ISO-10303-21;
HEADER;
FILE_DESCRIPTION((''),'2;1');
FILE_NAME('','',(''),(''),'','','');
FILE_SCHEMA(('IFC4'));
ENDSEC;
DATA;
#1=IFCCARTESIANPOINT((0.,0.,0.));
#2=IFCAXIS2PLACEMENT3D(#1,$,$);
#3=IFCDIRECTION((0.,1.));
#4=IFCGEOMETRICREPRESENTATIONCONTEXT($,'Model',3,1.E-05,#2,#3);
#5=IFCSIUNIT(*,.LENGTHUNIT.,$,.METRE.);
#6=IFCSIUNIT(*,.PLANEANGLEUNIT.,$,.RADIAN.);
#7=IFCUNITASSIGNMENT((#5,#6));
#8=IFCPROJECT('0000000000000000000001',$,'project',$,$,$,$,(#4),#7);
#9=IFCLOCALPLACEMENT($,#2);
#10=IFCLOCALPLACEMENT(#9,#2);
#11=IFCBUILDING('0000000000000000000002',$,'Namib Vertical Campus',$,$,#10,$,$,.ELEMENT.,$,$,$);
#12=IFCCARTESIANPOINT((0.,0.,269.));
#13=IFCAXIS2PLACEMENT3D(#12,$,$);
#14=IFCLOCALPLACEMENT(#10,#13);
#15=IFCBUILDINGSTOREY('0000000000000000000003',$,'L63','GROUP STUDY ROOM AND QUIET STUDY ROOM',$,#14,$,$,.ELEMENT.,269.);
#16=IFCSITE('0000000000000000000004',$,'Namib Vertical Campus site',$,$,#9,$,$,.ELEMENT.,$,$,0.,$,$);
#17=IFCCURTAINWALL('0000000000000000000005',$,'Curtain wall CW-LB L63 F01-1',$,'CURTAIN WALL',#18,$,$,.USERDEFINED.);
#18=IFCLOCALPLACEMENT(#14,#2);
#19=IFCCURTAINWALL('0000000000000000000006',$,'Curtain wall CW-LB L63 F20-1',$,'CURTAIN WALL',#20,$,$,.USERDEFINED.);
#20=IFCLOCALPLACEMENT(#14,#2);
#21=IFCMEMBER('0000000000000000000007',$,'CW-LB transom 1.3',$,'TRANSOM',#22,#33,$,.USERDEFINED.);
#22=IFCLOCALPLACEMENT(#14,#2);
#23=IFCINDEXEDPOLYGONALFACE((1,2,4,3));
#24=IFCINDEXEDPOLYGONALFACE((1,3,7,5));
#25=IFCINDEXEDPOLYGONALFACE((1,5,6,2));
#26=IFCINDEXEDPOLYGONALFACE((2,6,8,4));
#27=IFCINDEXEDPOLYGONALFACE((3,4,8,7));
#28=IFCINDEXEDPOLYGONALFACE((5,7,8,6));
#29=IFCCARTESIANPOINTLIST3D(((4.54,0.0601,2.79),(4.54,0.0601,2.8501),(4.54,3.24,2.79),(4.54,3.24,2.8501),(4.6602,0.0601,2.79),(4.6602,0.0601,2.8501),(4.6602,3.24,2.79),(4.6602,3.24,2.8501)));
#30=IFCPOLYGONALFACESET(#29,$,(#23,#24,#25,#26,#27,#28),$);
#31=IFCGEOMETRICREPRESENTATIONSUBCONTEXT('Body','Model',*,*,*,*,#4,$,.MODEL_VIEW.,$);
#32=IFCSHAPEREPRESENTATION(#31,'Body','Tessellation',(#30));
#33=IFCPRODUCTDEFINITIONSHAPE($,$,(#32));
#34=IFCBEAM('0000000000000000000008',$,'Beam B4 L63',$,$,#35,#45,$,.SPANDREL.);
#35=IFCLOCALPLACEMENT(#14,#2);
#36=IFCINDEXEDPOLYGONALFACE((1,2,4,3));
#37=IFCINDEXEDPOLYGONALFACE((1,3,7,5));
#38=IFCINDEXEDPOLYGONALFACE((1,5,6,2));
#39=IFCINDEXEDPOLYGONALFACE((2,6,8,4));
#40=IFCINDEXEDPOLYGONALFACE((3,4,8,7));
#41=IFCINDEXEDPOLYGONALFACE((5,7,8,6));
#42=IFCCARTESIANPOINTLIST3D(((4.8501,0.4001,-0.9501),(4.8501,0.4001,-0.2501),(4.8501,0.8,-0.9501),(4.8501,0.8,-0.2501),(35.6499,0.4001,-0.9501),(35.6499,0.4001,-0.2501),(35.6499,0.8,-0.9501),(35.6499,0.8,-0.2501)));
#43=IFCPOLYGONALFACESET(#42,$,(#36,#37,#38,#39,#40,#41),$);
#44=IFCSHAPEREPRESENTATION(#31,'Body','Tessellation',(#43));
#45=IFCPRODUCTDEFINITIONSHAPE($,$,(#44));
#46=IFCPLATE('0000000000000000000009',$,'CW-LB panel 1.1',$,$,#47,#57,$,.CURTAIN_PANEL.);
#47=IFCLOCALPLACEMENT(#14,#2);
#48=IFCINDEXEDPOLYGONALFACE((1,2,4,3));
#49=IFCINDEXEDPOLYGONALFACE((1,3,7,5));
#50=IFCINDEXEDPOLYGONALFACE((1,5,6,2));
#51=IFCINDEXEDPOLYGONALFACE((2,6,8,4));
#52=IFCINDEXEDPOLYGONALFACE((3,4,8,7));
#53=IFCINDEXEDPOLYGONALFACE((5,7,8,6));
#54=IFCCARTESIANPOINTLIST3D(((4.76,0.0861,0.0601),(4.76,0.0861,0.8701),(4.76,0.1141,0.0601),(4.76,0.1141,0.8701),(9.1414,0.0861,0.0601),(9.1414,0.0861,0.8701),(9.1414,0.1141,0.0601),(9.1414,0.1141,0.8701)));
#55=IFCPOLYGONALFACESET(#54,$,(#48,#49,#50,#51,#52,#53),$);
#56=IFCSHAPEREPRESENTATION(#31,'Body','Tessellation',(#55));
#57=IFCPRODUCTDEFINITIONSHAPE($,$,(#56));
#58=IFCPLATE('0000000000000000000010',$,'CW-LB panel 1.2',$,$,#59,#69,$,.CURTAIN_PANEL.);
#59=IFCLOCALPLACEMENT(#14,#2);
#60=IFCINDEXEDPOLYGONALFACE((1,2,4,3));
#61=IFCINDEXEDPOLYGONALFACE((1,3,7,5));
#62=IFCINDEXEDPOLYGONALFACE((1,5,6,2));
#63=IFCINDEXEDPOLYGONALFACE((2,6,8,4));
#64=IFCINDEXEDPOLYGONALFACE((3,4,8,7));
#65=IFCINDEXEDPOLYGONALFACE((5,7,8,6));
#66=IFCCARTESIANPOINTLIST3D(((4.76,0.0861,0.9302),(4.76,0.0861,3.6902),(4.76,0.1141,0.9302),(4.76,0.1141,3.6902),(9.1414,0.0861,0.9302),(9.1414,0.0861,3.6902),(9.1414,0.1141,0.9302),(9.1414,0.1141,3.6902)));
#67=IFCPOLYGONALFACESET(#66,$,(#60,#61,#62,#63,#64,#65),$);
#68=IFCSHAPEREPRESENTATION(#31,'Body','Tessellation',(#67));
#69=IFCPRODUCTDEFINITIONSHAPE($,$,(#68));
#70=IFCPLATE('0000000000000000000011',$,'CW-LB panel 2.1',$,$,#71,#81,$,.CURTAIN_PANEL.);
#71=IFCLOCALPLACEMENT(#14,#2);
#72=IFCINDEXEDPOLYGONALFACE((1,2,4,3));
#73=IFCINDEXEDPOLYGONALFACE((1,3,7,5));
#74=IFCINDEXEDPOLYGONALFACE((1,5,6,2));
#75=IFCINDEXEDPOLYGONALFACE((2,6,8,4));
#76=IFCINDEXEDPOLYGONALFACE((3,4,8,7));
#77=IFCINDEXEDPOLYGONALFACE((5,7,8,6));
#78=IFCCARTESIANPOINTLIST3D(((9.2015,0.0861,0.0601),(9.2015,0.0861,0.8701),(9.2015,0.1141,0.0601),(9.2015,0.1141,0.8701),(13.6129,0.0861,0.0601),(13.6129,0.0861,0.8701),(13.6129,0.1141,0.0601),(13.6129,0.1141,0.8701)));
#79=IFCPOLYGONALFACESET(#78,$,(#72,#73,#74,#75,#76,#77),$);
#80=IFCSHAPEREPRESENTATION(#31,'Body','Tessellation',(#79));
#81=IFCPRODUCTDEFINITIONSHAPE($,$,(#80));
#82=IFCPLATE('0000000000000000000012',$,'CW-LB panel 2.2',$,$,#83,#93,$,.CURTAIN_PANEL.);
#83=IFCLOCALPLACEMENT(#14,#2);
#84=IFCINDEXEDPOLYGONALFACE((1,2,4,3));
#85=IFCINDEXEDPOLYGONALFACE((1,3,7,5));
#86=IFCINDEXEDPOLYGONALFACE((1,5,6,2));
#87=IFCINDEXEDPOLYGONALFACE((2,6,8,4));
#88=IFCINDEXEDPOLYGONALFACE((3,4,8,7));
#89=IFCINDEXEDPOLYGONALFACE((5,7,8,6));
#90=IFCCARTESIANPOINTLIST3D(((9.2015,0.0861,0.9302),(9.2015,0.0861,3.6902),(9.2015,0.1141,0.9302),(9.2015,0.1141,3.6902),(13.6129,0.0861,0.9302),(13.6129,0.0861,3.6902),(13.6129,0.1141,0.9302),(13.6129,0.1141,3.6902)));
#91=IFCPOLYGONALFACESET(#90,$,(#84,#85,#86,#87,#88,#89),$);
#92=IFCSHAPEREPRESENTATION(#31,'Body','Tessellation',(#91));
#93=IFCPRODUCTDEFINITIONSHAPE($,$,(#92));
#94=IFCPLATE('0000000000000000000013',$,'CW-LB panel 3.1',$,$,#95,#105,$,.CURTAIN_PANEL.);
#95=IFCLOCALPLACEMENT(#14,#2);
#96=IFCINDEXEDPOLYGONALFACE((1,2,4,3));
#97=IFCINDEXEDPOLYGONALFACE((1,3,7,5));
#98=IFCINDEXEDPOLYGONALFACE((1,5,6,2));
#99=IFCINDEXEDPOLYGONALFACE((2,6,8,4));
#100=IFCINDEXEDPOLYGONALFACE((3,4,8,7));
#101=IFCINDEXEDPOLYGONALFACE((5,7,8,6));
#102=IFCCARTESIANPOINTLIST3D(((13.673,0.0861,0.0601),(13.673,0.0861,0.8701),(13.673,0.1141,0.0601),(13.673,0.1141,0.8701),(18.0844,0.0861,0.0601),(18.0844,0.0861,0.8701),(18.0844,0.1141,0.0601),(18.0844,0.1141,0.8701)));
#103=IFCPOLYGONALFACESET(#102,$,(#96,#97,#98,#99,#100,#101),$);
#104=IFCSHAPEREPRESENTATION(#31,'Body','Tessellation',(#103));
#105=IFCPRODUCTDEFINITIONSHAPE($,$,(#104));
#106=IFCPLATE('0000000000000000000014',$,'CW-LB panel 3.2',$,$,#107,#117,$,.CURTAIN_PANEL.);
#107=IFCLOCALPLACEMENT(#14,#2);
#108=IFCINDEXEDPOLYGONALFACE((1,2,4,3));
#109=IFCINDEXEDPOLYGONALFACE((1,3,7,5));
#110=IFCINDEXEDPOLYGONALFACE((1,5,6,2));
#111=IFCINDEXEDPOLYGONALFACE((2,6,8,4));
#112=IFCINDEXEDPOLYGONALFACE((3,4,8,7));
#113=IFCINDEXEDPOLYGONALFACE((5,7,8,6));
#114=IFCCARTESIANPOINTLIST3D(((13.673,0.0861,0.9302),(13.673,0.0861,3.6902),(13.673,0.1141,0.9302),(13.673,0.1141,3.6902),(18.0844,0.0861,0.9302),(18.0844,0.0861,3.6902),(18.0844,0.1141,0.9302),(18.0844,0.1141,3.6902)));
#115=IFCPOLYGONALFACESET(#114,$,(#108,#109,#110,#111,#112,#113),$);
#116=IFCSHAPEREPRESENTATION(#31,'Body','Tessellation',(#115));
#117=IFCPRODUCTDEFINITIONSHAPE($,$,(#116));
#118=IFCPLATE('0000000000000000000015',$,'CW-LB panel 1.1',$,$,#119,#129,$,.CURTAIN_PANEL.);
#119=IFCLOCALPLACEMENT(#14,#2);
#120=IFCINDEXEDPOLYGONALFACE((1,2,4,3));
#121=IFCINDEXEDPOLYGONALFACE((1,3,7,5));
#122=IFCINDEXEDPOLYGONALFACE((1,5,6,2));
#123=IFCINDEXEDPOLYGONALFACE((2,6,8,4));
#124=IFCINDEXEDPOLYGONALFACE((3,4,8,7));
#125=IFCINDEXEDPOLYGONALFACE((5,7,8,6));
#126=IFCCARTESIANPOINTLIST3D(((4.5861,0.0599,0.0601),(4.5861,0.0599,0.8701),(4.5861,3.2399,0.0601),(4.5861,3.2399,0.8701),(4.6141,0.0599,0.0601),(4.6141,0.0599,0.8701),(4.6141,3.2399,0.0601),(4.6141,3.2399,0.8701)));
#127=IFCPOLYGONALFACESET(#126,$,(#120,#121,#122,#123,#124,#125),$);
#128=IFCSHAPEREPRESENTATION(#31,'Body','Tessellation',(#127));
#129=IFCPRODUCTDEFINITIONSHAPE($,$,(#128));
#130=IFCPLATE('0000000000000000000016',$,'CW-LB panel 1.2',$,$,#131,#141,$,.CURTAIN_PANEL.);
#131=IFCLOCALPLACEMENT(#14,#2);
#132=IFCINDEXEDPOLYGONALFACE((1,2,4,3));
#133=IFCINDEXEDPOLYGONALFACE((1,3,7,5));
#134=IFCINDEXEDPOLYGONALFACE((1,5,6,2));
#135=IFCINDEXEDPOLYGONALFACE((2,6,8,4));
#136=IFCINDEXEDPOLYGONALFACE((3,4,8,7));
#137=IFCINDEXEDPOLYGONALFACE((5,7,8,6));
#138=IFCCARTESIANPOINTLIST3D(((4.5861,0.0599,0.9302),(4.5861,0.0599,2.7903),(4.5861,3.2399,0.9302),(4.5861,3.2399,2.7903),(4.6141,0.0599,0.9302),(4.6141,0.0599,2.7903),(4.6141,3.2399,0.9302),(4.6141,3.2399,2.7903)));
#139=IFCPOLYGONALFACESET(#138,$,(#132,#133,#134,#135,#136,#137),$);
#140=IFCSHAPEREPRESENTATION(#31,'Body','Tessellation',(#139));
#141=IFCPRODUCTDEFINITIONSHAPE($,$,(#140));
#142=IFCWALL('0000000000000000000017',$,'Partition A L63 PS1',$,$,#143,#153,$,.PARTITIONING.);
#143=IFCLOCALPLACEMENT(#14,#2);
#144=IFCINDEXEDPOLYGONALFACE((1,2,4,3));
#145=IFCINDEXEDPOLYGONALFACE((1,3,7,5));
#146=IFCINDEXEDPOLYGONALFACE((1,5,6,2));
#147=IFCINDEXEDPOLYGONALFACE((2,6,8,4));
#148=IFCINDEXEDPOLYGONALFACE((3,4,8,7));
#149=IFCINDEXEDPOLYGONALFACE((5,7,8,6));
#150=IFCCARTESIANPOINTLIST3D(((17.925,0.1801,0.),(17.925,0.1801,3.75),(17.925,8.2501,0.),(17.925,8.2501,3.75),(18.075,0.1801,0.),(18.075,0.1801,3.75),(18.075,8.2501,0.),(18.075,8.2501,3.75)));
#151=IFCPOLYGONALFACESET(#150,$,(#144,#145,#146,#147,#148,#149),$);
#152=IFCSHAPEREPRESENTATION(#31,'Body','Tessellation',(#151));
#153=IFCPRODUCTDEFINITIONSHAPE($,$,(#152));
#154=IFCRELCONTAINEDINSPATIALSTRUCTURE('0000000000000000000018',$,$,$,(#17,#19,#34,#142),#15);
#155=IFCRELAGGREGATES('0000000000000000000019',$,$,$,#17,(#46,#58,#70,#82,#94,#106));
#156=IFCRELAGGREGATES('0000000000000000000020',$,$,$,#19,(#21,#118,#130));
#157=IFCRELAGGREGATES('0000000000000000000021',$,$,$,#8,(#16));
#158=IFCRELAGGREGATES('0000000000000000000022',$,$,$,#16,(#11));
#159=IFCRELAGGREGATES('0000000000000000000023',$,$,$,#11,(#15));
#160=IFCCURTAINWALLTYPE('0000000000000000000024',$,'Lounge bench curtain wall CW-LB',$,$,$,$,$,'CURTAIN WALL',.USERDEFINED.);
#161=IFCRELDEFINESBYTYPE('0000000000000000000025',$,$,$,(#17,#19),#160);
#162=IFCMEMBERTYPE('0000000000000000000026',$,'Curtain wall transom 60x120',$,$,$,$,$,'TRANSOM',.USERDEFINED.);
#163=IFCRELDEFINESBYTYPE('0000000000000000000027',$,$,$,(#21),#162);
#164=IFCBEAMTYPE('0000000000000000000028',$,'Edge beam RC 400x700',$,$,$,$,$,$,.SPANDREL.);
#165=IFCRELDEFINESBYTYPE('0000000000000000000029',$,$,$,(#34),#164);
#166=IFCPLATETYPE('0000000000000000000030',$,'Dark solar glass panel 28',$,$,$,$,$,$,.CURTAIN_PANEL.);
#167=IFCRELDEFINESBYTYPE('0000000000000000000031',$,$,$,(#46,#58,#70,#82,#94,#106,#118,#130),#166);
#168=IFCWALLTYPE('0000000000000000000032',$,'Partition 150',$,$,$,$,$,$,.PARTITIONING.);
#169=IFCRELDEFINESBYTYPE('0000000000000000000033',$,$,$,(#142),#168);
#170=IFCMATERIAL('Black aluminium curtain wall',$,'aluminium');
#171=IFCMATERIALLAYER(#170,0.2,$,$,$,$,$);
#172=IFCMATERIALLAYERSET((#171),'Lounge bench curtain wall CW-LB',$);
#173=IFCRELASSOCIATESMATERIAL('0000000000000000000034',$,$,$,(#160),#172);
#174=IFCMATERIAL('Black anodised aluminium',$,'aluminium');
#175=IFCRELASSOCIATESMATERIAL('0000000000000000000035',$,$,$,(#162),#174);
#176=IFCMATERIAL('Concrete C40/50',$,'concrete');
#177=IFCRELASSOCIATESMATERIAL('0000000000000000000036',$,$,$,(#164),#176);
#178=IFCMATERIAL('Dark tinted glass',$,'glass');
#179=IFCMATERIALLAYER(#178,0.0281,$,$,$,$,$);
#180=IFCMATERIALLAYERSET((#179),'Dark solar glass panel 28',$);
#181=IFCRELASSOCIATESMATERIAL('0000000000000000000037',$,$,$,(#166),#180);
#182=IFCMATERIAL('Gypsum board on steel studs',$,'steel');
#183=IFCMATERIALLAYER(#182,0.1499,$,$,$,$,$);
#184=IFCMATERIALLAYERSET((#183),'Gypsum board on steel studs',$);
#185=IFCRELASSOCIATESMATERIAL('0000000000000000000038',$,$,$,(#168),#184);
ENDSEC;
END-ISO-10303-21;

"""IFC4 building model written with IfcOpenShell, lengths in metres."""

from ifc_helpers import new_model, si_unit, direction, frame, frame_2d, origin, origin_2d, place, context, subcontext, project, spatial, rectangle, extrude, material, layer, layer_set, material_profile, profile_set, type_object, element, aggregate, save


model = new_model("IFC4")

# Units and contexts
model_context = context("Model", 3, precision=1e-05, world=origin(), true_north=direction((0.0, 1.0)))
body_context = subcontext(model_context, "Body", "Model", "MODEL_VIEW")
ifc_project = project(units=[si_unit("LENGTHUNIT", "METRE"), si_unit("PLANEANGLEUNIT", "RADIAN")], contexts=[model_context])

# Site, building, storey
site_placement = place(None, origin())
site = spatial("IfcSite", under=ifc_project, at=site_placement, Name="Namib Vertical Campus site", CompositionType="ELEMENT", RefElevation=0.0)
building_placement = place(site_placement, origin())
building = spatial("IfcBuilding", under=site, at=building_placement, Name="Namib Vertical Campus", CompositionType="ELEMENT")
storey_placement = place(building_placement, frame((0.0, 0.0, 269.0)))
storey = spatial("IfcBuildingStorey", under=building, at=storey_placement, Name="L63", Description="GROUP STUDY ROOM AND QUIET STUDY ROOM", CompositionType="ELEMENT", Elevation=269.0)

# Curtain wall
ifc_material_1 = material(Name="Black aluminium curtain wall", Category="aluminium")
ifc_layer_1 = layer(ifc_material_1, 0.2)
ifc_layer_set_1 = layer_set([ifc_layer_1], Name="Lounge bench curtain wall CW-LB")
curtain_wall_type = type_object("IfcCurtainWallType", Name="Lounge bench curtain wall CW-LB", ElementType="CURTAIN WALL", PredefinedType="USERDEFINED", material=ifc_layer_set_1)
curtain_wall_1_placement = place(storey_placement, origin())
curtain_wall_1 = element("IfcCurtainWall", 1, at=curtain_wall_1_placement, inside=storey, type_object=curtain_wall_type, Name="Curtain wall CW-LB L63 F01-1", ObjectType="CURTAIN WALL", PredefinedType="USERDEFINED")

# Curtain wall
curtain_wall_2_placement = place(storey_placement, origin())
curtain_wall_2 = element("IfcCurtainWall", 2, at=curtain_wall_2_placement, inside=storey, type_object=curtain_wall_type, Name="Curtain wall CW-LB L63 F20-1", ObjectType="CURTAIN WALL", PredefinedType="USERDEFINED")

# Member
ifc_material_2 = material(Name="Black anodised aluminium", Category="aluminium")
ifc_material_profile_1 = material_profile(ifc_material_2, rectangle(XDim=0.0601, YDim=0.1201, at=origin_2d()))
ifc_profile_set_1 = profile_set([ifc_material_profile_1], Name="Black anodised aluminium")
member_type_1 = type_object("IfcMemberType", Name="Curtain wall transom 60x120", ElementType="TRANSOM", PredefinedType="USERDEFINED", material=ifc_profile_set_1)
member_1_placement = place(storey_placement, frame((4.6001, 3.24, 2.8201), z_axis=(0.0, -1.0, 0.0), x_axis=(0.0, 0.0, 1.0)))
member_1 = element("IfcMember", 3, at=member_1_placement, type_object=member_type_1, Name="CW-LB transom 1.3", ObjectType="TRANSOM", PredefinedType="USERDEFINED", context=body_context, shape_type="SweptSolid", body=[
    extrude(rectangle(XDim=0.0601, YDim=0.1201, at=origin_2d()), origin(), (0.0, 0.0, 1.0), 3.1799),
])

# Beam
ifc_material_3 = material(Name="Concrete C40/50", Category="concrete")
ifc_material_profile_2 = material_profile(ifc_material_3, rectangle(XDim=0.3999, YDim=0.7, at=origin_2d()))
ifc_profile_set_2 = profile_set([ifc_material_profile_2], Name="Concrete C40/50")
beam_type = type_object("IfcBeamType", Name="Edge beam RC 400x700", PredefinedType="SPANDREL", material=ifc_profile_set_2)
beam_placement = place(storey_placement, frame((4.8501, 0.6001, -0.6001), z_axis=(1.0, 0.0, 0.0), x_axis=(0.0, 1.0, 0.0)))
element("IfcBeam", 4, at=beam_placement, inside=storey, type_object=beam_type, Name="Beam B4 L63", PredefinedType="SPANDREL", context=body_context, shape_type="SweptSolid", body=[
    extrude(rectangle(XDim=0.3999, YDim=0.7, at=origin_2d()), origin(), (0.0, 0.0, 1.0), 30.7998),
])

# Plates
ifc_material_4 = material(Name="Dark tinted glass", Category="glass")
ifc_layer_2 = layer(ifc_material_4, 0.0281)
ifc_layer_set_2 = layer_set([ifc_layer_2], Name="Dark solar glass panel 28")
plate_type = type_object("IfcPlateType", Name="Dark solar glass panel 28", PredefinedType="CURTAIN_PANEL", material=ifc_layer_set_2)
plate_1_placement = place(storey_placement, frame((6.9507, 0.1001, 0.0601), z_axis=(0.0, 0.0, 1.0), x_axis=(1.0, 0.0, 0.0)))
plate_1 = element("IfcPlate", 5, at=plate_1_placement, type_object=plate_type, Name="CW-LB panel 1.1", PredefinedType="CURTAIN_PANEL", context=body_context, shape_type="SweptSolid", body=[
    extrude(rectangle(XDim=4.3813, YDim=0.0281, at=origin_2d()), origin(), (0.0, 0.0, 1.0), 0.8101),
])
plate_2_placement = place(storey_placement, frame((6.9507, 0.1001, 0.9302), z_axis=(0.0, 0.0, 1.0), x_axis=(1.0, 0.0, 0.0)))
plate_2 = element("IfcPlate", 6, at=plate_2_placement, type_object=plate_type, Name="CW-LB panel 1.2", PredefinedType="CURTAIN_PANEL", context=body_context, shape_type="SweptSolid", body=[
    extrude(rectangle(XDim=4.3813, YDim=0.0281, at=origin_2d()), origin(), (0.0, 0.0, 1.0), 2.76),
])
plate_3_placement = place(storey_placement, frame((11.4072, 0.1001, 0.0601), z_axis=(0.0, 0.0, 1.0), x_axis=(1.0, 0.0, 0.0)))
plate_3 = element("IfcPlate", 7, at=plate_3_placement, type_object=plate_type, Name="CW-LB panel 2.1", PredefinedType="CURTAIN_PANEL", context=body_context, shape_type="SweptSolid", body=[
    extrude(rectangle(XDim=4.4114, YDim=0.0281, at=origin_2d()), origin(), (0.0, 0.0, 1.0), 0.8101),
])
plate_4_placement = place(storey_placement, frame((11.4072, 0.1001, 0.9302), z_axis=(0.0, 0.0, 1.0), x_axis=(1.0, 0.0, 0.0)))
plate_4 = element("IfcPlate", 8, at=plate_4_placement, type_object=plate_type, Name="CW-LB panel 2.2", PredefinedType="CURTAIN_PANEL", context=body_context, shape_type="SweptSolid", body=[
    extrude(rectangle(XDim=4.4114, YDim=0.0281, at=origin_2d()), origin(), (0.0, 0.0, 1.0), 2.76),
])
plate_5_placement = place(storey_placement, frame((15.8787, 0.1001, 0.0601), z_axis=(0.0, 0.0, 1.0), x_axis=(1.0, 0.0, 0.0)))
plate_5 = element("IfcPlate", 9, at=plate_5_placement, type_object=plate_type, Name="CW-LB panel 3.1", PredefinedType="CURTAIN_PANEL", context=body_context, shape_type="SweptSolid", body=[
    extrude(rectangle(XDim=4.4114, YDim=0.0281, at=origin_2d()), origin(), (0.0, 0.0, 1.0), 0.8101),
])
plate_6_placement = place(storey_placement, frame((15.8787, 0.1001, 0.9302), z_axis=(0.0, 0.0, 1.0), x_axis=(1.0, 0.0, 0.0)))
plate_6 = element("IfcPlate", 10, at=plate_6_placement, type_object=plate_type, Name="CW-LB panel 3.2", PredefinedType="CURTAIN_PANEL", context=body_context, shape_type="SweptSolid", body=[
    extrude(rectangle(XDim=4.4114, YDim=0.0281, at=origin_2d()), origin(), (0.0, 0.0, 1.0), 2.76),
])
aggregate(curtain_wall_1, [plate_1, plate_2, plate_3, plate_4, plate_5, plate_6])
plate_7_placement = place(storey_placement, frame((4.6001, 1.6499, 0.0601), z_axis=(0.0, 0.0, 1.0), x_axis=(0.0, -1.0, 0.0)))
plate_7 = element("IfcPlate", 11, at=plate_7_placement, type_object=plate_type, Name="CW-LB panel 1.1", PredefinedType="CURTAIN_PANEL", context=body_context, shape_type="SweptSolid", body=[
    extrude(rectangle(XDim=3.1799, YDim=0.0281, at=origin_2d()), origin(), (0.0, 0.0, 1.0), 0.8101),
])
plate_8_placement = place(storey_placement, frame((4.6001, 1.6499, 0.9302), z_axis=(0.0, 0.0, 1.0), x_axis=(0.0, -1.0, 0.0)))
plate_8 = element("IfcPlate", 12, at=plate_8_placement, type_object=plate_type, Name="CW-LB panel 1.2", PredefinedType="CURTAIN_PANEL", context=body_context, shape_type="SweptSolid", body=[
    extrude(rectangle(XDim=3.1799, YDim=0.0281, at=origin_2d()), origin(), (0.0, 0.0, 1.0), 1.8601),
])
aggregate(curtain_wall_2, [member_1, plate_7, plate_8])

# Wall
ifc_material_5 = material(Name="Gypsum board on steel studs", Category="steel")
ifc_layer_3 = layer(ifc_material_5, 0.1499)
ifc_layer_set_3 = layer_set([ifc_layer_3], Name="Gypsum board on steel studs")
wall_type = type_object("IfcWallType", Name="Partition 150", PredefinedType="PARTITIONING", material=ifc_layer_set_3)
wall_placement = place(storey_placement, frame((18.0, 0.1799, 0.0), z_axis=(0.0, 0.0, 1.0), x_axis=(0.0, 1.0, 0.0)))
element("IfcWall", 13, at=wall_placement, inside=storey, type_object=wall_type, Name="Partition A L63 PS1", PredefinedType="PARTITIONING", context=body_context, shape_type="SweptSolid", body=[
    extrude(rectangle(XDim=8.0701, YDim=0.1499, at=frame_2d((4.0352, 0.0))), origin(), (0.0, 0.0, 1.0), 3.75),
])

save(model, "model.ifc")
